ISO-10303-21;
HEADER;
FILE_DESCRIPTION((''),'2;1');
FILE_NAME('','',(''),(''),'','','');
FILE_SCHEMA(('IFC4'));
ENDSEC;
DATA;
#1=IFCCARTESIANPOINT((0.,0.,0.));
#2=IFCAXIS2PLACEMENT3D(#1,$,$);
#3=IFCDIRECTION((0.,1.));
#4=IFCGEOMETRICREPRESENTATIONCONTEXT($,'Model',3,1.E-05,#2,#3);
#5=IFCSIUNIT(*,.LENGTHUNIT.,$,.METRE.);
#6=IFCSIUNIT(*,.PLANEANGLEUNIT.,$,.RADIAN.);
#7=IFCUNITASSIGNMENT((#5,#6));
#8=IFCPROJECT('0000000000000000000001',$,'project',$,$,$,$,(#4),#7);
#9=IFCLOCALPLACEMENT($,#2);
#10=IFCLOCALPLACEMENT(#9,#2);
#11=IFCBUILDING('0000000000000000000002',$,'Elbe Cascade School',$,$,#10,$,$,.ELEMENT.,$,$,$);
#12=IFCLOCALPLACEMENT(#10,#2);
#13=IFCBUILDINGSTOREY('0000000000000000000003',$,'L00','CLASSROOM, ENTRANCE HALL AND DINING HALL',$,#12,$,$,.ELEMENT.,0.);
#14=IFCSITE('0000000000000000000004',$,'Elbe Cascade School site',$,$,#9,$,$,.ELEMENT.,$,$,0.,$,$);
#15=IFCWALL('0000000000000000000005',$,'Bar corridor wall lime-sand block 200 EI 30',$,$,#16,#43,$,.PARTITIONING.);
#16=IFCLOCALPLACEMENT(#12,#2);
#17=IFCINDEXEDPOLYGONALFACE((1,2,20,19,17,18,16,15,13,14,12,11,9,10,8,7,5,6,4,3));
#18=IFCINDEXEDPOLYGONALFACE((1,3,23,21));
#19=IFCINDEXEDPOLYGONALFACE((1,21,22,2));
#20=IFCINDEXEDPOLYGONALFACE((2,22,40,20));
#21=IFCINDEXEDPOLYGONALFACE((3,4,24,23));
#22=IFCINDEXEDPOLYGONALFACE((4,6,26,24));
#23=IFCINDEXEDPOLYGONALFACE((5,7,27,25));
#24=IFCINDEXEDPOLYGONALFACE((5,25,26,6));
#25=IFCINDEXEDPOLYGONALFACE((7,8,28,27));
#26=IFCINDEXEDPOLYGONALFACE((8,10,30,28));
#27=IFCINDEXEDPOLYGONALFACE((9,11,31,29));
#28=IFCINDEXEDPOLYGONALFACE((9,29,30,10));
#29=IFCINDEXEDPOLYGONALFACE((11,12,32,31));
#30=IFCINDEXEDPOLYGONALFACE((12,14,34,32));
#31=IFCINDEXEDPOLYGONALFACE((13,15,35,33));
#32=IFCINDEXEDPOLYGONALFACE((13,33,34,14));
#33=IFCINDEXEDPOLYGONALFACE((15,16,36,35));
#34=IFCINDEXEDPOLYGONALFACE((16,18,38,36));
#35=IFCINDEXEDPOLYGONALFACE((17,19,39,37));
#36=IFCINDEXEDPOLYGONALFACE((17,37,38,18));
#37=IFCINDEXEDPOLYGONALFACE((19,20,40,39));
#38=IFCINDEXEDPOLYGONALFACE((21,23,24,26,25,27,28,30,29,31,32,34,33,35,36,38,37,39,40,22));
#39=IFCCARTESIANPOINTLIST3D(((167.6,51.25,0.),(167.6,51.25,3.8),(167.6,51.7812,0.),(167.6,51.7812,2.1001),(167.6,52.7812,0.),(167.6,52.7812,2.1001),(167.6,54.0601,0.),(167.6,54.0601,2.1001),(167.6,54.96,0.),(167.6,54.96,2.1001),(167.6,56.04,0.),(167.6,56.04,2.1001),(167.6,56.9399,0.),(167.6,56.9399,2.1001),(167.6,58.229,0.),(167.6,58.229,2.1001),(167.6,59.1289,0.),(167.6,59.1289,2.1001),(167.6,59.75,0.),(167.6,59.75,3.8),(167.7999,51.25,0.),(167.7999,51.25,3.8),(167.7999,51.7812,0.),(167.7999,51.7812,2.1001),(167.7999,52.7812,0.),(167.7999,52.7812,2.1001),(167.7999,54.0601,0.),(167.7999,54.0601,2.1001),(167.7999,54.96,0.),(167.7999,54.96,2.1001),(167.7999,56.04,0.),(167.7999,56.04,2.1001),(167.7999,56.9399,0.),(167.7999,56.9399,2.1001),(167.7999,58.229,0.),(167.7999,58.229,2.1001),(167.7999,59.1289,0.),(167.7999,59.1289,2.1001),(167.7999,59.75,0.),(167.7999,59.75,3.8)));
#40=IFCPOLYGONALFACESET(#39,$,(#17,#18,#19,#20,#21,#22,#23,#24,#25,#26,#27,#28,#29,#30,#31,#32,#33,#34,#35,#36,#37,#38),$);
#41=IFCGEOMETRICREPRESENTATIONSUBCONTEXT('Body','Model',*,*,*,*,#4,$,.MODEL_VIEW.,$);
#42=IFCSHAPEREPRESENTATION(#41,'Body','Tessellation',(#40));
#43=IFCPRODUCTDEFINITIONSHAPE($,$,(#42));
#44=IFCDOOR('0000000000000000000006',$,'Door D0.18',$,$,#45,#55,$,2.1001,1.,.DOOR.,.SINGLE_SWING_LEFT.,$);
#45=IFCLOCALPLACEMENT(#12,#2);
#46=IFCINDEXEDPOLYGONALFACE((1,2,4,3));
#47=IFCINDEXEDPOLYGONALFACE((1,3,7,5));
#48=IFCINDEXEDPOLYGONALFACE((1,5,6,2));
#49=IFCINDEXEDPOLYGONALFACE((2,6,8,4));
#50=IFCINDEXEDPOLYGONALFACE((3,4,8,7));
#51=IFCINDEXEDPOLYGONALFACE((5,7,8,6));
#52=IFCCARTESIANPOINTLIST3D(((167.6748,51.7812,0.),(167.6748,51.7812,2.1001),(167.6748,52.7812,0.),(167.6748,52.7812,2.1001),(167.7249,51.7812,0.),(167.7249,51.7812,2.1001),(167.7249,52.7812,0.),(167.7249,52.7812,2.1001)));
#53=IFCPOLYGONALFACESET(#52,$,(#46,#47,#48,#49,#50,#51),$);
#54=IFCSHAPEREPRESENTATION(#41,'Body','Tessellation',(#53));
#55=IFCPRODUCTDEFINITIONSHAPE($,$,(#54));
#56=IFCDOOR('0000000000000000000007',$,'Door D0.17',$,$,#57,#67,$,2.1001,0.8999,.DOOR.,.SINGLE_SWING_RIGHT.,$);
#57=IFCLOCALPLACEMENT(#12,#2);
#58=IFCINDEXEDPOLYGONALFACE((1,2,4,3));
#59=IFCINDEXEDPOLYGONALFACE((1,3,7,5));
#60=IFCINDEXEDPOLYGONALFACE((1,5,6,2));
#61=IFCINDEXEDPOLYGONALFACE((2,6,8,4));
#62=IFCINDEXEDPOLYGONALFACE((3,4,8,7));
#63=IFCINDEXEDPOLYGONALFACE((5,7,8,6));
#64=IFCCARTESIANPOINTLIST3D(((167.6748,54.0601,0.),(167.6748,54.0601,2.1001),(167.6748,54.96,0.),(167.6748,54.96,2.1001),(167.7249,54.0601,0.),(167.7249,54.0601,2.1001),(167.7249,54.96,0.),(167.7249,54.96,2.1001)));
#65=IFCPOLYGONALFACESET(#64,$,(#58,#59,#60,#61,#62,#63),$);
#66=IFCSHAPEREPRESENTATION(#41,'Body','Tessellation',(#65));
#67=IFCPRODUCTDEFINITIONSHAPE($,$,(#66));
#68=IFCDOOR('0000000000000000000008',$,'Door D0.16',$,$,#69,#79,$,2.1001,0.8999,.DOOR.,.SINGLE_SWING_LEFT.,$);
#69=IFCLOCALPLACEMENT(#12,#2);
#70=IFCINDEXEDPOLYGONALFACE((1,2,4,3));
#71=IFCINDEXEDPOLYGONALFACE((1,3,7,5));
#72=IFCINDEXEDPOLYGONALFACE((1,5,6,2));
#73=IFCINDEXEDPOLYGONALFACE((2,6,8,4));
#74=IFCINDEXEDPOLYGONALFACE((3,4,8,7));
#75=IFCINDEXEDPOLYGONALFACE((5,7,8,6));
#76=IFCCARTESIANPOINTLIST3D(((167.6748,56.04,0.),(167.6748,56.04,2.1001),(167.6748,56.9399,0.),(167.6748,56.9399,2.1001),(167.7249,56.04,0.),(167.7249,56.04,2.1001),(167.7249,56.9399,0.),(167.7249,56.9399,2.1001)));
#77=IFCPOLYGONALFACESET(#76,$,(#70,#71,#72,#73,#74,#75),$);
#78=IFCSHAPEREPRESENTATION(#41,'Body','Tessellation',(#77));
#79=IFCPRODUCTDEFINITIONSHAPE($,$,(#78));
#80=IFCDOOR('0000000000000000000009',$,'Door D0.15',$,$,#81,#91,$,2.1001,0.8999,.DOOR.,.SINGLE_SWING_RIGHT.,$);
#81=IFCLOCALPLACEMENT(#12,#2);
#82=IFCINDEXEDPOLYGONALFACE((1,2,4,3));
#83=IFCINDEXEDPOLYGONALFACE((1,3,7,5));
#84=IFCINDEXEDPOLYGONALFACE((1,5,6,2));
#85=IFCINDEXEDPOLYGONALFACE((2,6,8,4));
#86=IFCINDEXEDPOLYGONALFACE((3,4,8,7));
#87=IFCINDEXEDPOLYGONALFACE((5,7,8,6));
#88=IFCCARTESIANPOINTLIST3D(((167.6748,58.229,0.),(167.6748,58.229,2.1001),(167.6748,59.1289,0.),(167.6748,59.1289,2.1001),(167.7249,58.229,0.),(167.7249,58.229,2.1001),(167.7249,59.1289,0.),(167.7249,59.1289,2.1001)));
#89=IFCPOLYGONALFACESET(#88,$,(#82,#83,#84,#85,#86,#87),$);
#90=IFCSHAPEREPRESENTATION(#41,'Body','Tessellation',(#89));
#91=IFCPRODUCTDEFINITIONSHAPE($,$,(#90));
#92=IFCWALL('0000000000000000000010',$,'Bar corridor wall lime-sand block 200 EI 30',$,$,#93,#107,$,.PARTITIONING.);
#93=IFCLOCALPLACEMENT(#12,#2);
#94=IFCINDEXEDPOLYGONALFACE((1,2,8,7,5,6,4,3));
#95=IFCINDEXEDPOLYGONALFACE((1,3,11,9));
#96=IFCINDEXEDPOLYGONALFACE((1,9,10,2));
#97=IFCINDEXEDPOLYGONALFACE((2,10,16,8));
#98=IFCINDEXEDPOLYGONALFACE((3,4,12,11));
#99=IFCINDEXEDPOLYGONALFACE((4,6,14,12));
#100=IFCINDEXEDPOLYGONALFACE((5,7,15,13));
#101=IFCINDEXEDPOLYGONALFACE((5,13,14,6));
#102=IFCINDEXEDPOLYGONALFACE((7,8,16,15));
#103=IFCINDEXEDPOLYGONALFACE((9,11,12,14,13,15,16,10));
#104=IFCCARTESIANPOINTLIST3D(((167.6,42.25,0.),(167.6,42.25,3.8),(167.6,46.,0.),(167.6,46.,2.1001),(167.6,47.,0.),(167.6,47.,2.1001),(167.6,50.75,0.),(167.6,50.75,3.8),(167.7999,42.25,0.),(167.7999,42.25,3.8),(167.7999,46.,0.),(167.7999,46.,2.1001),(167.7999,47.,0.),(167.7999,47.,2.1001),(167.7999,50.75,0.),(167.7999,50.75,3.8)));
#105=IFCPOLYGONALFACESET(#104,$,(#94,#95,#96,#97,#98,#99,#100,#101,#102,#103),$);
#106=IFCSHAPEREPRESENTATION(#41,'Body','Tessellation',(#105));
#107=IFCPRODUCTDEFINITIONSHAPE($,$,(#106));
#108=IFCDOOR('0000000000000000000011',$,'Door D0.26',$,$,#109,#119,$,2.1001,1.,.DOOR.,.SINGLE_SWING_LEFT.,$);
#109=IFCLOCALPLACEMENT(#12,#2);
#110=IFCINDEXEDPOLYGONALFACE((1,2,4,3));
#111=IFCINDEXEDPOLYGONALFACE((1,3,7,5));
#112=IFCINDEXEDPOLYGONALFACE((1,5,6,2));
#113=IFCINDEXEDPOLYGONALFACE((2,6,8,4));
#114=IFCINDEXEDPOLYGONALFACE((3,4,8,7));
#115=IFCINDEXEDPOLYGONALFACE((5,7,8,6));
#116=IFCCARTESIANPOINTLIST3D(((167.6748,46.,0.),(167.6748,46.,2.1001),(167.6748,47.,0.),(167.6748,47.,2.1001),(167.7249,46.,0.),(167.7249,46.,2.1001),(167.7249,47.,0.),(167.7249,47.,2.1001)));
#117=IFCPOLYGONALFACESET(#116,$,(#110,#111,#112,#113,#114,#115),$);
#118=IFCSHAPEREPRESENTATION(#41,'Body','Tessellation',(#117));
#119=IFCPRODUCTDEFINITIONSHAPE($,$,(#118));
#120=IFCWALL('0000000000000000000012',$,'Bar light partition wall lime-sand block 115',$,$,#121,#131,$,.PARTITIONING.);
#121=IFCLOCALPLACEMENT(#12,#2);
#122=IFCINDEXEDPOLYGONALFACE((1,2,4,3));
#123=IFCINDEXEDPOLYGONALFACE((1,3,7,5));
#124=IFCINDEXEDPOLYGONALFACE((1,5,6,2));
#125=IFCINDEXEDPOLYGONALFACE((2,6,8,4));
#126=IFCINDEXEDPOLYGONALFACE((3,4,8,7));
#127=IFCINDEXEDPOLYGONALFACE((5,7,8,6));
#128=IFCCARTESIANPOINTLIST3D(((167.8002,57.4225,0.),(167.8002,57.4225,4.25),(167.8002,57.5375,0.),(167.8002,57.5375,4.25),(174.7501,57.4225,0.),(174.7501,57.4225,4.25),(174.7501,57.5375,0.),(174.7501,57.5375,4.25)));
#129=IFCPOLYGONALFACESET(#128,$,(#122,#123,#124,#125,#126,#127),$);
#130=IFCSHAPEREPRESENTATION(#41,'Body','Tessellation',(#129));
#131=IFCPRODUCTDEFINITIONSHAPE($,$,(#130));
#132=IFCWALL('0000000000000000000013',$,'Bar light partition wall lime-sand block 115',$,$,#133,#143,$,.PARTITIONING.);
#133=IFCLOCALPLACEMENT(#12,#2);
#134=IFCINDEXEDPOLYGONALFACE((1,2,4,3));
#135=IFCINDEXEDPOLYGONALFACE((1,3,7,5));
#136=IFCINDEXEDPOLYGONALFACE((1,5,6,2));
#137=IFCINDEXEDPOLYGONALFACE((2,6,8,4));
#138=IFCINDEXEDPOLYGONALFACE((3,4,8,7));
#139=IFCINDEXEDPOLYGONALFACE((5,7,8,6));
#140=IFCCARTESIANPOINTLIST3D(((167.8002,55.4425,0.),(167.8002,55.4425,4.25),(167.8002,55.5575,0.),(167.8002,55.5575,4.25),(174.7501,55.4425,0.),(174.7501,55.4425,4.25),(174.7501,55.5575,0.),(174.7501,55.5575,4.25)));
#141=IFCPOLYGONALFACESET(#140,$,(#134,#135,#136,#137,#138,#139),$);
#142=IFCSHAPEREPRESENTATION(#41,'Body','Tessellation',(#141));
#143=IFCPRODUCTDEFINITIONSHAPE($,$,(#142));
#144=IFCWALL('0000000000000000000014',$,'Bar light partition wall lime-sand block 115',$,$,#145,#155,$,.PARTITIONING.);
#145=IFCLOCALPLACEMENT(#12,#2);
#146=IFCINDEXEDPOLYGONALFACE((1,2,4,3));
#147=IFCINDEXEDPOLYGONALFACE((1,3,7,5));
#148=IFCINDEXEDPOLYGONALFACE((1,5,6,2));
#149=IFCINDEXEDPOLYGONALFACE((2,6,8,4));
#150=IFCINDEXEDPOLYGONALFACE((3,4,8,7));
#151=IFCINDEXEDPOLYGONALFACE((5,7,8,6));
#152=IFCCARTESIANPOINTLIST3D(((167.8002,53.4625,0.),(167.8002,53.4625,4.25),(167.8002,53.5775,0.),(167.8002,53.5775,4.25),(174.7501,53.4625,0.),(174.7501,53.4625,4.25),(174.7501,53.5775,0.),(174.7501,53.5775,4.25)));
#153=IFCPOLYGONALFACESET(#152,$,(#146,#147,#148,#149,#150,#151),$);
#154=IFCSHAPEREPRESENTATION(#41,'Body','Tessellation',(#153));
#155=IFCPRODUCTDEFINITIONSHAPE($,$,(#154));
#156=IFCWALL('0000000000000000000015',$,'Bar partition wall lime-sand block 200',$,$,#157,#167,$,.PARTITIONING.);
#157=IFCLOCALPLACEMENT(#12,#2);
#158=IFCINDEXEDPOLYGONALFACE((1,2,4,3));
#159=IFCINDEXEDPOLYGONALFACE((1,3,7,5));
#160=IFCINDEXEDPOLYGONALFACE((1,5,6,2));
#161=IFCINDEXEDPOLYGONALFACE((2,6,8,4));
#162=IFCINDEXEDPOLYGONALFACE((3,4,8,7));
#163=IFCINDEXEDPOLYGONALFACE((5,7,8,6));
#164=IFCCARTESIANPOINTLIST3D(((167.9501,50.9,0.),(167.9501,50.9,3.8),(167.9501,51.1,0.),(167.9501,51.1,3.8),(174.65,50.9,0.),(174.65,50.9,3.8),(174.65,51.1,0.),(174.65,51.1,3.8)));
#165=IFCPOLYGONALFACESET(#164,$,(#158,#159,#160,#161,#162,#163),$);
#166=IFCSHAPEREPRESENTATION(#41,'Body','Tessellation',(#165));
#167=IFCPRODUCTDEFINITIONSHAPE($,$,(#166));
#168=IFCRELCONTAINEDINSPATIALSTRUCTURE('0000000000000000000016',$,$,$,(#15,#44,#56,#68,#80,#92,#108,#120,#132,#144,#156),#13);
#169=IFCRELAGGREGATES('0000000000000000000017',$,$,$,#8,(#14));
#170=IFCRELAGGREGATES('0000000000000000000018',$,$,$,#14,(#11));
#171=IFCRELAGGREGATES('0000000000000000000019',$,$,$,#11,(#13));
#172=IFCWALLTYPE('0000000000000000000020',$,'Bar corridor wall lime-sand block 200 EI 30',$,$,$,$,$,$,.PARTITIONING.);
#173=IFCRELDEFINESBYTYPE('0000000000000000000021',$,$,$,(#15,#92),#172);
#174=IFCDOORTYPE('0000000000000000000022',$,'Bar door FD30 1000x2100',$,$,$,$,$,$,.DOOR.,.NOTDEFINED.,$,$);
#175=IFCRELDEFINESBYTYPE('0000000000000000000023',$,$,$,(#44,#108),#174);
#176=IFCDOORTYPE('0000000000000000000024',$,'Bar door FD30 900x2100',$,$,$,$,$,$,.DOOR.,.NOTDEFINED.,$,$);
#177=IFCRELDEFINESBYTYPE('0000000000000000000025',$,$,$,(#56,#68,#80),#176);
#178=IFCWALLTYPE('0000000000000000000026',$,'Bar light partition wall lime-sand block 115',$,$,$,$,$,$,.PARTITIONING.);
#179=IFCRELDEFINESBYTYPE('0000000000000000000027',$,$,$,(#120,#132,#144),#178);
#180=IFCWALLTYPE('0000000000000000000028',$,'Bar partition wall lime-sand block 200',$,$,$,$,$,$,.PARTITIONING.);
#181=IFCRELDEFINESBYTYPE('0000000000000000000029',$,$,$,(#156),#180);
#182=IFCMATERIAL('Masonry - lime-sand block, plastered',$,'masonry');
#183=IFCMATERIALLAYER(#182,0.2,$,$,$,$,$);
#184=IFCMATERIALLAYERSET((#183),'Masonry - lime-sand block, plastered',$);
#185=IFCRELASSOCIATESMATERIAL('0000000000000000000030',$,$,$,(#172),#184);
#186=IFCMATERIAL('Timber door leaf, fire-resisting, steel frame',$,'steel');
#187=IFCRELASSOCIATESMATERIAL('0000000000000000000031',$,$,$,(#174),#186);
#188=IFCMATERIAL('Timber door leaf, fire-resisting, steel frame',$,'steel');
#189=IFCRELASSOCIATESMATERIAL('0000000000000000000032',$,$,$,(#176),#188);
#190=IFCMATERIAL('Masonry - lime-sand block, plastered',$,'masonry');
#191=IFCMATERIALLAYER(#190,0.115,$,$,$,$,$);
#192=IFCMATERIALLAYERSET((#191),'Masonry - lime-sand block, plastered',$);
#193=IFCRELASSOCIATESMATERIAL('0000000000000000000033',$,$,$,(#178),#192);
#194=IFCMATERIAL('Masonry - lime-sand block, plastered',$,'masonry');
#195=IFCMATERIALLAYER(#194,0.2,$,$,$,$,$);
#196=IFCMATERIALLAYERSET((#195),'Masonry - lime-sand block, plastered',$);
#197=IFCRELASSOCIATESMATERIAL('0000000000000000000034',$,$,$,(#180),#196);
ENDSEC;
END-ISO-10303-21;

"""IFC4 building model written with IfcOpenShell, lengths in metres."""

from ifc_helpers import new_model, si_unit, direction, frame, frame_2d, origin, place, context, subcontext, project, spatial, rectangle, extrude, material, layer, layer_set, type_object, element, fill, save


model = new_model("IFC4")

# Units and contexts
model_context = context("Model", 3, precision=1e-05, world=origin(), true_north=direction((0.0, 1.0)))
body_context = subcontext(model_context, "Body", "Model", "MODEL_VIEW")
ifc_project = project(units=[si_unit("LENGTHUNIT", "METRE"), si_unit("PLANEANGLEUNIT", "RADIAN")], contexts=[model_context])

# Site, building, storey
site_placement = place(None, origin())
site = spatial("IfcSite", under=ifc_project, at=site_placement, Name="Elbe Cascade School site", CompositionType="ELEMENT", RefElevation=0.0)
building_placement = place(site_placement, origin())
building = spatial("IfcBuilding", under=site, at=building_placement, Name="Elbe Cascade School", CompositionType="ELEMENT")
storey_placement = place(building_placement, origin())
storey = spatial("IfcBuildingStorey", under=building, at=storey_placement, Name="L00", Description="CLASSROOM, ENTRANCE HALL AND DINING HALL", CompositionType="ELEMENT", Elevation=0.0)

# Wall, openings, doors
ifc_material_1 = material(Name="Masonry - lime-sand block, plastered", Category="masonry")
ifc_layer_1 = layer(ifc_material_1, 0.2)
ifc_layer_set_1 = layer_set([ifc_layer_1], Name="Masonry - lime-sand block, plastered")
wall_type_1 = type_object("IfcWallType", Name="Bar corridor wall lime-sand block 200 EI 30", PredefinedType="PARTITIONING", material=ifc_layer_set_1)
wall_1_placement = place(storey_placement, frame((167.7, 59.75, 0.0), z_axis=(0.0, 0.0, 1.0), x_axis=(0.0, -1.0, 0.0)))
wall_1 = element("IfcWall", 1, at=wall_1_placement, inside=storey, type_object=wall_type_1, Name="Bar corridor wall lime-sand block 200 EI 30", PredefinedType="PARTITIONING", context=body_context, shape_type="SweptSolid", body=[
    extrude(rectangle(XDim=8.5, YDim=0.2, at=frame_2d((4.25, 0.0))), origin(), (0.0, 0.0, 1.0), 3.8),
])
opening_1_placement = place(wall_1_placement, frame((6.9688, 0.0, 0.0)))
opening_1 = element("IfcOpeningElement", 2, at=opening_1_placement, cuts=wall_1, PredefinedType="OPENING", context=body_context, shape_type="SweptSolid", body=[
    extrude(rectangle(XDim=1.0, YDim=2.1001, at=frame_2d((0.5, 1.05))), frame((0.0, 0.1099, 0.0), z_axis=(0.0, -1.0, 0.0), x_axis=(1.0, 0.0, 0.0)), (0.0, 0.0, 1.0), 0.22),
])
opening_2_placement = place(wall_1_placement, frame((4.79, 0.0, 0.0)))
opening_2 = element("IfcOpeningElement", 3, at=opening_2_placement, cuts=wall_1, PredefinedType="OPENING", context=body_context, shape_type="SweptSolid", body=[
    extrude(rectangle(XDim=0.8999, YDim=2.1001, at=frame_2d((0.45, 1.05))), frame((0.0, 0.1099, 0.0), z_axis=(0.0, -1.0, 0.0), x_axis=(1.0, 0.0, 0.0)), (0.0, 0.0, 1.0), 0.22),
])
opening_3_placement = place(wall_1_placement, frame((2.8101, 0.0, 0.0)))
opening_3 = element("IfcOpeningElement", 4, at=opening_3_placement, cuts=wall_1, PredefinedType="OPENING", context=body_context, shape_type="SweptSolid", body=[
    extrude(rectangle(XDim=0.8999, YDim=2.1001, at=frame_2d((0.45, 1.05))), frame((0.0, 0.1099, 0.0), z_axis=(0.0, -1.0, 0.0), x_axis=(1.0, 0.0, 0.0)), (0.0, 0.0, 1.0), 0.22),
])
opening_4_placement = place(wall_1_placement, frame((0.6211, 0.0, 0.0)))
opening_4 = element("IfcOpeningElement", 5, at=opening_4_placement, cuts=wall_1, PredefinedType="OPENING", context=body_context, shape_type="SweptSolid", body=[
    extrude(rectangle(XDim=0.8999, YDim=2.1001, at=frame_2d((0.45, 1.05))), frame((0.0, 0.1099, 0.0), z_axis=(0.0, -1.0, 0.0), x_axis=(1.0, 0.0, 0.0)), (0.0, 0.0, 1.0), 0.22),
])
ifc_material_2 = material(Name="Timber door leaf, fire-resisting, steel frame", Category="steel")
door_type_1 = type_object("IfcDoorType", Name="Bar door FD30 1000x2100", OperationType="NOTDEFINED", PredefinedType="DOOR", material=ifc_material_2)
door_1_placement = place(opening_1_placement, origin())
door_1 = element("IfcDoor", 6, at=door_1_placement, inside=storey, type_object=door_type_1, Name="Door D0.18", OperationType="SINGLE_SWING_LEFT", OverallHeight=2.1001, OverallWidth=1.0, PredefinedType="DOOR", context=body_context, shape_type="SweptSolid", body=[
    extrude(rectangle(XDim=1.0, YDim=2.1001, at=frame_2d((0.5, 1.05))), frame((0.0, 0.0249, 0.0), z_axis=(0.0, -1.0, 0.0), x_axis=(1.0, 0.0, 0.0)), (0.0, 0.0, 1.0), 0.05),
])
fill(opening_1, door_1)
ifc_material_3 = material(Name="Timber door leaf, fire-resisting, steel frame", Category="steel")
door_type_2 = type_object("IfcDoorType", Name="Bar door FD30 900x2100", OperationType="NOTDEFINED", PredefinedType="DOOR", material=ifc_material_3)
door_2_placement = place(opening_2_placement, origin())
door_2 = element("IfcDoor", 7, at=door_2_placement, inside=storey, type_object=door_type_2, Name="Door D0.17", OperationType="SINGLE_SWING_RIGHT", OverallHeight=2.1001, OverallWidth=0.8999, PredefinedType="DOOR", context=body_context, shape_type="SweptSolid", body=[
    extrude(rectangle(XDim=0.8999, YDim=2.1001, at=frame_2d((0.45, 1.05))), frame((0.0, 0.0249, 0.0), z_axis=(0.0, -1.0, 0.0), x_axis=(1.0, 0.0, 0.0)), (0.0, 0.0, 1.0), 0.05),
])
fill(opening_2, door_2)
door_3_placement = place(opening_3_placement, origin())
door_3 = element("IfcDoor", 8, at=door_3_placement, inside=storey, type_object=door_type_2, Name="Door D0.16", OperationType="SINGLE_SWING_LEFT", OverallHeight=2.1001, OverallWidth=0.8999, PredefinedType="DOOR", context=body_context, shape_type="SweptSolid", body=[
    extrude(rectangle(XDim=0.8999, YDim=2.1001, at=frame_2d((0.45, 1.05))), frame((0.0, 0.0249, 0.0), z_axis=(0.0, -1.0, 0.0), x_axis=(1.0, 0.0, 0.0)), (0.0, 0.0, 1.0), 0.05),
])
fill(opening_3, door_3)
door_4_placement = place(opening_4_placement, origin())
door_4 = element("IfcDoor", 9, at=door_4_placement, inside=storey, type_object=door_type_2, Name="Door D0.15", OperationType="SINGLE_SWING_RIGHT", OverallHeight=2.1001, OverallWidth=0.8999, PredefinedType="DOOR", context=body_context, shape_type="SweptSolid", body=[
    extrude(rectangle(XDim=0.8999, YDim=2.1001, at=frame_2d((0.45, 1.05))), frame((0.0, 0.0249, 0.0), z_axis=(0.0, -1.0, 0.0), x_axis=(1.0, 0.0, 0.0)), (0.0, 0.0, 1.0), 0.05),
])
fill(opening_4, door_4)

# Wall, opening, door
wall_2_placement = place(storey_placement, frame((167.7, 50.75, 0.0), z_axis=(0.0, 0.0, 1.0), x_axis=(0.0, -1.0, 0.0)))
wall_2 = element("IfcWall", 10, at=wall_2_placement, inside=storey, type_object=wall_type_1, Name="Bar corridor wall lime-sand block 200 EI 30", PredefinedType="PARTITIONING", context=body_context, shape_type="SweptSolid", body=[
    extrude(rectangle(XDim=8.5, YDim=0.2, at=frame_2d((4.25, 0.0))), origin(), (0.0, 0.0, 1.0), 3.8),
])
opening_5_placement = place(wall_2_placement, frame((3.75, 0.0, 0.0)))
opening_5 = element("IfcOpeningElement", 11, at=opening_5_placement, cuts=wall_2, PredefinedType="OPENING", context=body_context, shape_type="SweptSolid", body=[
    extrude(rectangle(XDim=1.0, YDim=2.1001, at=frame_2d((0.5, 1.05))), frame((0.0, 0.1099, 0.0), z_axis=(0.0, -1.0, 0.0), x_axis=(1.0, 0.0, 0.0)), (0.0, 0.0, 1.0), 0.22),
])
door_5_placement = place(opening_5_placement, origin())
door_5 = element("IfcDoor", 12, at=door_5_placement, inside=storey, type_object=door_type_1, Name="Door D0.26", OperationType="SINGLE_SWING_LEFT", OverallHeight=2.1001, OverallWidth=1.0, PredefinedType="DOOR", context=body_context, shape_type="SweptSolid", body=[
    extrude(rectangle(XDim=1.0, YDim=2.1001, at=frame_2d((0.5, 1.05))), frame((0.0, 0.0249, 0.0), z_axis=(0.0, -1.0, 0.0), x_axis=(1.0, 0.0, 0.0)), (0.0, 0.0, 1.0), 0.05),
])
fill(opening_5, door_5)

# Walls
ifc_material_4 = material(Name="Masonry - lime-sand block, plastered", Category="masonry")
ifc_layer_2 = layer(ifc_material_4, 0.115)
ifc_layer_set_2 = layer_set([ifc_layer_2], Name="Masonry - lime-sand block, plastered")
wall_type_2 = type_object("IfcWallType", Name="Bar light partition wall lime-sand block 115", PredefinedType="PARTITIONING", material=ifc_layer_set_2)
for number, where, z_axis, x_axis, name in (
    (13, (167.8, 57.48, 0.0), (0.0, 0.0, 1.0), (1.0, 0.0, 0.0), "Bar light partition wall lime-sand block 115"),
    (14, (167.8, 55.5, 0.0), (0.0, 0.0, 1.0), (1.0, 0.0, 0.0), "Bar light partition wall lime-sand block 115"),
    (15, (167.8, 53.52, 0.0), (0.0, 0.0, 1.0), (1.0, 0.0, 0.0), "Bar light partition wall lime-sand block 115"),
):
    element("IfcWall", number, at=place(storey_placement, frame(where, z_axis=z_axis, x_axis=x_axis)), inside=storey, type_object=wall_type_2, Name=name, PredefinedType="PARTITIONING", context=body_context, shape_type="SweptSolid", body=[
        extrude(rectangle(XDim=6.95, YDim=0.115, at=frame_2d((3.4751, 0.0))), origin(), (0.0, 0.0, 1.0), 4.25),
    ])
ifc_material_5 = material(Name="Masonry - lime-sand block, plastered", Category="masonry")
ifc_layer_3 = layer(ifc_material_5, 0.2)
ifc_layer_set_3 = layer_set([ifc_layer_3], Name="Masonry - lime-sand block, plastered")
wall_type_3 = type_object("IfcWallType", Name="Bar partition wall lime-sand block 200", PredefinedType="PARTITIONING", material=ifc_layer_set_3)
wall_3_placement = place(storey_placement, frame((167.95, 51.0, 0.0), z_axis=(0.0, 0.0, 1.0), x_axis=(1.0, 0.0, 0.0)))
element("IfcWall", 16, at=wall_3_placement, inside=storey, type_object=wall_type_3, Name="Bar partition wall lime-sand block 200", PredefinedType="PARTITIONING", context=body_context, shape_type="SweptSolid", body=[
    extrude(rectangle(XDim=6.7, YDim=0.2, at=frame_2d((3.3501, 0.0))), origin(), (0.0, 0.0, 1.0), 3.8),
])

save(model, "model.ifc")
